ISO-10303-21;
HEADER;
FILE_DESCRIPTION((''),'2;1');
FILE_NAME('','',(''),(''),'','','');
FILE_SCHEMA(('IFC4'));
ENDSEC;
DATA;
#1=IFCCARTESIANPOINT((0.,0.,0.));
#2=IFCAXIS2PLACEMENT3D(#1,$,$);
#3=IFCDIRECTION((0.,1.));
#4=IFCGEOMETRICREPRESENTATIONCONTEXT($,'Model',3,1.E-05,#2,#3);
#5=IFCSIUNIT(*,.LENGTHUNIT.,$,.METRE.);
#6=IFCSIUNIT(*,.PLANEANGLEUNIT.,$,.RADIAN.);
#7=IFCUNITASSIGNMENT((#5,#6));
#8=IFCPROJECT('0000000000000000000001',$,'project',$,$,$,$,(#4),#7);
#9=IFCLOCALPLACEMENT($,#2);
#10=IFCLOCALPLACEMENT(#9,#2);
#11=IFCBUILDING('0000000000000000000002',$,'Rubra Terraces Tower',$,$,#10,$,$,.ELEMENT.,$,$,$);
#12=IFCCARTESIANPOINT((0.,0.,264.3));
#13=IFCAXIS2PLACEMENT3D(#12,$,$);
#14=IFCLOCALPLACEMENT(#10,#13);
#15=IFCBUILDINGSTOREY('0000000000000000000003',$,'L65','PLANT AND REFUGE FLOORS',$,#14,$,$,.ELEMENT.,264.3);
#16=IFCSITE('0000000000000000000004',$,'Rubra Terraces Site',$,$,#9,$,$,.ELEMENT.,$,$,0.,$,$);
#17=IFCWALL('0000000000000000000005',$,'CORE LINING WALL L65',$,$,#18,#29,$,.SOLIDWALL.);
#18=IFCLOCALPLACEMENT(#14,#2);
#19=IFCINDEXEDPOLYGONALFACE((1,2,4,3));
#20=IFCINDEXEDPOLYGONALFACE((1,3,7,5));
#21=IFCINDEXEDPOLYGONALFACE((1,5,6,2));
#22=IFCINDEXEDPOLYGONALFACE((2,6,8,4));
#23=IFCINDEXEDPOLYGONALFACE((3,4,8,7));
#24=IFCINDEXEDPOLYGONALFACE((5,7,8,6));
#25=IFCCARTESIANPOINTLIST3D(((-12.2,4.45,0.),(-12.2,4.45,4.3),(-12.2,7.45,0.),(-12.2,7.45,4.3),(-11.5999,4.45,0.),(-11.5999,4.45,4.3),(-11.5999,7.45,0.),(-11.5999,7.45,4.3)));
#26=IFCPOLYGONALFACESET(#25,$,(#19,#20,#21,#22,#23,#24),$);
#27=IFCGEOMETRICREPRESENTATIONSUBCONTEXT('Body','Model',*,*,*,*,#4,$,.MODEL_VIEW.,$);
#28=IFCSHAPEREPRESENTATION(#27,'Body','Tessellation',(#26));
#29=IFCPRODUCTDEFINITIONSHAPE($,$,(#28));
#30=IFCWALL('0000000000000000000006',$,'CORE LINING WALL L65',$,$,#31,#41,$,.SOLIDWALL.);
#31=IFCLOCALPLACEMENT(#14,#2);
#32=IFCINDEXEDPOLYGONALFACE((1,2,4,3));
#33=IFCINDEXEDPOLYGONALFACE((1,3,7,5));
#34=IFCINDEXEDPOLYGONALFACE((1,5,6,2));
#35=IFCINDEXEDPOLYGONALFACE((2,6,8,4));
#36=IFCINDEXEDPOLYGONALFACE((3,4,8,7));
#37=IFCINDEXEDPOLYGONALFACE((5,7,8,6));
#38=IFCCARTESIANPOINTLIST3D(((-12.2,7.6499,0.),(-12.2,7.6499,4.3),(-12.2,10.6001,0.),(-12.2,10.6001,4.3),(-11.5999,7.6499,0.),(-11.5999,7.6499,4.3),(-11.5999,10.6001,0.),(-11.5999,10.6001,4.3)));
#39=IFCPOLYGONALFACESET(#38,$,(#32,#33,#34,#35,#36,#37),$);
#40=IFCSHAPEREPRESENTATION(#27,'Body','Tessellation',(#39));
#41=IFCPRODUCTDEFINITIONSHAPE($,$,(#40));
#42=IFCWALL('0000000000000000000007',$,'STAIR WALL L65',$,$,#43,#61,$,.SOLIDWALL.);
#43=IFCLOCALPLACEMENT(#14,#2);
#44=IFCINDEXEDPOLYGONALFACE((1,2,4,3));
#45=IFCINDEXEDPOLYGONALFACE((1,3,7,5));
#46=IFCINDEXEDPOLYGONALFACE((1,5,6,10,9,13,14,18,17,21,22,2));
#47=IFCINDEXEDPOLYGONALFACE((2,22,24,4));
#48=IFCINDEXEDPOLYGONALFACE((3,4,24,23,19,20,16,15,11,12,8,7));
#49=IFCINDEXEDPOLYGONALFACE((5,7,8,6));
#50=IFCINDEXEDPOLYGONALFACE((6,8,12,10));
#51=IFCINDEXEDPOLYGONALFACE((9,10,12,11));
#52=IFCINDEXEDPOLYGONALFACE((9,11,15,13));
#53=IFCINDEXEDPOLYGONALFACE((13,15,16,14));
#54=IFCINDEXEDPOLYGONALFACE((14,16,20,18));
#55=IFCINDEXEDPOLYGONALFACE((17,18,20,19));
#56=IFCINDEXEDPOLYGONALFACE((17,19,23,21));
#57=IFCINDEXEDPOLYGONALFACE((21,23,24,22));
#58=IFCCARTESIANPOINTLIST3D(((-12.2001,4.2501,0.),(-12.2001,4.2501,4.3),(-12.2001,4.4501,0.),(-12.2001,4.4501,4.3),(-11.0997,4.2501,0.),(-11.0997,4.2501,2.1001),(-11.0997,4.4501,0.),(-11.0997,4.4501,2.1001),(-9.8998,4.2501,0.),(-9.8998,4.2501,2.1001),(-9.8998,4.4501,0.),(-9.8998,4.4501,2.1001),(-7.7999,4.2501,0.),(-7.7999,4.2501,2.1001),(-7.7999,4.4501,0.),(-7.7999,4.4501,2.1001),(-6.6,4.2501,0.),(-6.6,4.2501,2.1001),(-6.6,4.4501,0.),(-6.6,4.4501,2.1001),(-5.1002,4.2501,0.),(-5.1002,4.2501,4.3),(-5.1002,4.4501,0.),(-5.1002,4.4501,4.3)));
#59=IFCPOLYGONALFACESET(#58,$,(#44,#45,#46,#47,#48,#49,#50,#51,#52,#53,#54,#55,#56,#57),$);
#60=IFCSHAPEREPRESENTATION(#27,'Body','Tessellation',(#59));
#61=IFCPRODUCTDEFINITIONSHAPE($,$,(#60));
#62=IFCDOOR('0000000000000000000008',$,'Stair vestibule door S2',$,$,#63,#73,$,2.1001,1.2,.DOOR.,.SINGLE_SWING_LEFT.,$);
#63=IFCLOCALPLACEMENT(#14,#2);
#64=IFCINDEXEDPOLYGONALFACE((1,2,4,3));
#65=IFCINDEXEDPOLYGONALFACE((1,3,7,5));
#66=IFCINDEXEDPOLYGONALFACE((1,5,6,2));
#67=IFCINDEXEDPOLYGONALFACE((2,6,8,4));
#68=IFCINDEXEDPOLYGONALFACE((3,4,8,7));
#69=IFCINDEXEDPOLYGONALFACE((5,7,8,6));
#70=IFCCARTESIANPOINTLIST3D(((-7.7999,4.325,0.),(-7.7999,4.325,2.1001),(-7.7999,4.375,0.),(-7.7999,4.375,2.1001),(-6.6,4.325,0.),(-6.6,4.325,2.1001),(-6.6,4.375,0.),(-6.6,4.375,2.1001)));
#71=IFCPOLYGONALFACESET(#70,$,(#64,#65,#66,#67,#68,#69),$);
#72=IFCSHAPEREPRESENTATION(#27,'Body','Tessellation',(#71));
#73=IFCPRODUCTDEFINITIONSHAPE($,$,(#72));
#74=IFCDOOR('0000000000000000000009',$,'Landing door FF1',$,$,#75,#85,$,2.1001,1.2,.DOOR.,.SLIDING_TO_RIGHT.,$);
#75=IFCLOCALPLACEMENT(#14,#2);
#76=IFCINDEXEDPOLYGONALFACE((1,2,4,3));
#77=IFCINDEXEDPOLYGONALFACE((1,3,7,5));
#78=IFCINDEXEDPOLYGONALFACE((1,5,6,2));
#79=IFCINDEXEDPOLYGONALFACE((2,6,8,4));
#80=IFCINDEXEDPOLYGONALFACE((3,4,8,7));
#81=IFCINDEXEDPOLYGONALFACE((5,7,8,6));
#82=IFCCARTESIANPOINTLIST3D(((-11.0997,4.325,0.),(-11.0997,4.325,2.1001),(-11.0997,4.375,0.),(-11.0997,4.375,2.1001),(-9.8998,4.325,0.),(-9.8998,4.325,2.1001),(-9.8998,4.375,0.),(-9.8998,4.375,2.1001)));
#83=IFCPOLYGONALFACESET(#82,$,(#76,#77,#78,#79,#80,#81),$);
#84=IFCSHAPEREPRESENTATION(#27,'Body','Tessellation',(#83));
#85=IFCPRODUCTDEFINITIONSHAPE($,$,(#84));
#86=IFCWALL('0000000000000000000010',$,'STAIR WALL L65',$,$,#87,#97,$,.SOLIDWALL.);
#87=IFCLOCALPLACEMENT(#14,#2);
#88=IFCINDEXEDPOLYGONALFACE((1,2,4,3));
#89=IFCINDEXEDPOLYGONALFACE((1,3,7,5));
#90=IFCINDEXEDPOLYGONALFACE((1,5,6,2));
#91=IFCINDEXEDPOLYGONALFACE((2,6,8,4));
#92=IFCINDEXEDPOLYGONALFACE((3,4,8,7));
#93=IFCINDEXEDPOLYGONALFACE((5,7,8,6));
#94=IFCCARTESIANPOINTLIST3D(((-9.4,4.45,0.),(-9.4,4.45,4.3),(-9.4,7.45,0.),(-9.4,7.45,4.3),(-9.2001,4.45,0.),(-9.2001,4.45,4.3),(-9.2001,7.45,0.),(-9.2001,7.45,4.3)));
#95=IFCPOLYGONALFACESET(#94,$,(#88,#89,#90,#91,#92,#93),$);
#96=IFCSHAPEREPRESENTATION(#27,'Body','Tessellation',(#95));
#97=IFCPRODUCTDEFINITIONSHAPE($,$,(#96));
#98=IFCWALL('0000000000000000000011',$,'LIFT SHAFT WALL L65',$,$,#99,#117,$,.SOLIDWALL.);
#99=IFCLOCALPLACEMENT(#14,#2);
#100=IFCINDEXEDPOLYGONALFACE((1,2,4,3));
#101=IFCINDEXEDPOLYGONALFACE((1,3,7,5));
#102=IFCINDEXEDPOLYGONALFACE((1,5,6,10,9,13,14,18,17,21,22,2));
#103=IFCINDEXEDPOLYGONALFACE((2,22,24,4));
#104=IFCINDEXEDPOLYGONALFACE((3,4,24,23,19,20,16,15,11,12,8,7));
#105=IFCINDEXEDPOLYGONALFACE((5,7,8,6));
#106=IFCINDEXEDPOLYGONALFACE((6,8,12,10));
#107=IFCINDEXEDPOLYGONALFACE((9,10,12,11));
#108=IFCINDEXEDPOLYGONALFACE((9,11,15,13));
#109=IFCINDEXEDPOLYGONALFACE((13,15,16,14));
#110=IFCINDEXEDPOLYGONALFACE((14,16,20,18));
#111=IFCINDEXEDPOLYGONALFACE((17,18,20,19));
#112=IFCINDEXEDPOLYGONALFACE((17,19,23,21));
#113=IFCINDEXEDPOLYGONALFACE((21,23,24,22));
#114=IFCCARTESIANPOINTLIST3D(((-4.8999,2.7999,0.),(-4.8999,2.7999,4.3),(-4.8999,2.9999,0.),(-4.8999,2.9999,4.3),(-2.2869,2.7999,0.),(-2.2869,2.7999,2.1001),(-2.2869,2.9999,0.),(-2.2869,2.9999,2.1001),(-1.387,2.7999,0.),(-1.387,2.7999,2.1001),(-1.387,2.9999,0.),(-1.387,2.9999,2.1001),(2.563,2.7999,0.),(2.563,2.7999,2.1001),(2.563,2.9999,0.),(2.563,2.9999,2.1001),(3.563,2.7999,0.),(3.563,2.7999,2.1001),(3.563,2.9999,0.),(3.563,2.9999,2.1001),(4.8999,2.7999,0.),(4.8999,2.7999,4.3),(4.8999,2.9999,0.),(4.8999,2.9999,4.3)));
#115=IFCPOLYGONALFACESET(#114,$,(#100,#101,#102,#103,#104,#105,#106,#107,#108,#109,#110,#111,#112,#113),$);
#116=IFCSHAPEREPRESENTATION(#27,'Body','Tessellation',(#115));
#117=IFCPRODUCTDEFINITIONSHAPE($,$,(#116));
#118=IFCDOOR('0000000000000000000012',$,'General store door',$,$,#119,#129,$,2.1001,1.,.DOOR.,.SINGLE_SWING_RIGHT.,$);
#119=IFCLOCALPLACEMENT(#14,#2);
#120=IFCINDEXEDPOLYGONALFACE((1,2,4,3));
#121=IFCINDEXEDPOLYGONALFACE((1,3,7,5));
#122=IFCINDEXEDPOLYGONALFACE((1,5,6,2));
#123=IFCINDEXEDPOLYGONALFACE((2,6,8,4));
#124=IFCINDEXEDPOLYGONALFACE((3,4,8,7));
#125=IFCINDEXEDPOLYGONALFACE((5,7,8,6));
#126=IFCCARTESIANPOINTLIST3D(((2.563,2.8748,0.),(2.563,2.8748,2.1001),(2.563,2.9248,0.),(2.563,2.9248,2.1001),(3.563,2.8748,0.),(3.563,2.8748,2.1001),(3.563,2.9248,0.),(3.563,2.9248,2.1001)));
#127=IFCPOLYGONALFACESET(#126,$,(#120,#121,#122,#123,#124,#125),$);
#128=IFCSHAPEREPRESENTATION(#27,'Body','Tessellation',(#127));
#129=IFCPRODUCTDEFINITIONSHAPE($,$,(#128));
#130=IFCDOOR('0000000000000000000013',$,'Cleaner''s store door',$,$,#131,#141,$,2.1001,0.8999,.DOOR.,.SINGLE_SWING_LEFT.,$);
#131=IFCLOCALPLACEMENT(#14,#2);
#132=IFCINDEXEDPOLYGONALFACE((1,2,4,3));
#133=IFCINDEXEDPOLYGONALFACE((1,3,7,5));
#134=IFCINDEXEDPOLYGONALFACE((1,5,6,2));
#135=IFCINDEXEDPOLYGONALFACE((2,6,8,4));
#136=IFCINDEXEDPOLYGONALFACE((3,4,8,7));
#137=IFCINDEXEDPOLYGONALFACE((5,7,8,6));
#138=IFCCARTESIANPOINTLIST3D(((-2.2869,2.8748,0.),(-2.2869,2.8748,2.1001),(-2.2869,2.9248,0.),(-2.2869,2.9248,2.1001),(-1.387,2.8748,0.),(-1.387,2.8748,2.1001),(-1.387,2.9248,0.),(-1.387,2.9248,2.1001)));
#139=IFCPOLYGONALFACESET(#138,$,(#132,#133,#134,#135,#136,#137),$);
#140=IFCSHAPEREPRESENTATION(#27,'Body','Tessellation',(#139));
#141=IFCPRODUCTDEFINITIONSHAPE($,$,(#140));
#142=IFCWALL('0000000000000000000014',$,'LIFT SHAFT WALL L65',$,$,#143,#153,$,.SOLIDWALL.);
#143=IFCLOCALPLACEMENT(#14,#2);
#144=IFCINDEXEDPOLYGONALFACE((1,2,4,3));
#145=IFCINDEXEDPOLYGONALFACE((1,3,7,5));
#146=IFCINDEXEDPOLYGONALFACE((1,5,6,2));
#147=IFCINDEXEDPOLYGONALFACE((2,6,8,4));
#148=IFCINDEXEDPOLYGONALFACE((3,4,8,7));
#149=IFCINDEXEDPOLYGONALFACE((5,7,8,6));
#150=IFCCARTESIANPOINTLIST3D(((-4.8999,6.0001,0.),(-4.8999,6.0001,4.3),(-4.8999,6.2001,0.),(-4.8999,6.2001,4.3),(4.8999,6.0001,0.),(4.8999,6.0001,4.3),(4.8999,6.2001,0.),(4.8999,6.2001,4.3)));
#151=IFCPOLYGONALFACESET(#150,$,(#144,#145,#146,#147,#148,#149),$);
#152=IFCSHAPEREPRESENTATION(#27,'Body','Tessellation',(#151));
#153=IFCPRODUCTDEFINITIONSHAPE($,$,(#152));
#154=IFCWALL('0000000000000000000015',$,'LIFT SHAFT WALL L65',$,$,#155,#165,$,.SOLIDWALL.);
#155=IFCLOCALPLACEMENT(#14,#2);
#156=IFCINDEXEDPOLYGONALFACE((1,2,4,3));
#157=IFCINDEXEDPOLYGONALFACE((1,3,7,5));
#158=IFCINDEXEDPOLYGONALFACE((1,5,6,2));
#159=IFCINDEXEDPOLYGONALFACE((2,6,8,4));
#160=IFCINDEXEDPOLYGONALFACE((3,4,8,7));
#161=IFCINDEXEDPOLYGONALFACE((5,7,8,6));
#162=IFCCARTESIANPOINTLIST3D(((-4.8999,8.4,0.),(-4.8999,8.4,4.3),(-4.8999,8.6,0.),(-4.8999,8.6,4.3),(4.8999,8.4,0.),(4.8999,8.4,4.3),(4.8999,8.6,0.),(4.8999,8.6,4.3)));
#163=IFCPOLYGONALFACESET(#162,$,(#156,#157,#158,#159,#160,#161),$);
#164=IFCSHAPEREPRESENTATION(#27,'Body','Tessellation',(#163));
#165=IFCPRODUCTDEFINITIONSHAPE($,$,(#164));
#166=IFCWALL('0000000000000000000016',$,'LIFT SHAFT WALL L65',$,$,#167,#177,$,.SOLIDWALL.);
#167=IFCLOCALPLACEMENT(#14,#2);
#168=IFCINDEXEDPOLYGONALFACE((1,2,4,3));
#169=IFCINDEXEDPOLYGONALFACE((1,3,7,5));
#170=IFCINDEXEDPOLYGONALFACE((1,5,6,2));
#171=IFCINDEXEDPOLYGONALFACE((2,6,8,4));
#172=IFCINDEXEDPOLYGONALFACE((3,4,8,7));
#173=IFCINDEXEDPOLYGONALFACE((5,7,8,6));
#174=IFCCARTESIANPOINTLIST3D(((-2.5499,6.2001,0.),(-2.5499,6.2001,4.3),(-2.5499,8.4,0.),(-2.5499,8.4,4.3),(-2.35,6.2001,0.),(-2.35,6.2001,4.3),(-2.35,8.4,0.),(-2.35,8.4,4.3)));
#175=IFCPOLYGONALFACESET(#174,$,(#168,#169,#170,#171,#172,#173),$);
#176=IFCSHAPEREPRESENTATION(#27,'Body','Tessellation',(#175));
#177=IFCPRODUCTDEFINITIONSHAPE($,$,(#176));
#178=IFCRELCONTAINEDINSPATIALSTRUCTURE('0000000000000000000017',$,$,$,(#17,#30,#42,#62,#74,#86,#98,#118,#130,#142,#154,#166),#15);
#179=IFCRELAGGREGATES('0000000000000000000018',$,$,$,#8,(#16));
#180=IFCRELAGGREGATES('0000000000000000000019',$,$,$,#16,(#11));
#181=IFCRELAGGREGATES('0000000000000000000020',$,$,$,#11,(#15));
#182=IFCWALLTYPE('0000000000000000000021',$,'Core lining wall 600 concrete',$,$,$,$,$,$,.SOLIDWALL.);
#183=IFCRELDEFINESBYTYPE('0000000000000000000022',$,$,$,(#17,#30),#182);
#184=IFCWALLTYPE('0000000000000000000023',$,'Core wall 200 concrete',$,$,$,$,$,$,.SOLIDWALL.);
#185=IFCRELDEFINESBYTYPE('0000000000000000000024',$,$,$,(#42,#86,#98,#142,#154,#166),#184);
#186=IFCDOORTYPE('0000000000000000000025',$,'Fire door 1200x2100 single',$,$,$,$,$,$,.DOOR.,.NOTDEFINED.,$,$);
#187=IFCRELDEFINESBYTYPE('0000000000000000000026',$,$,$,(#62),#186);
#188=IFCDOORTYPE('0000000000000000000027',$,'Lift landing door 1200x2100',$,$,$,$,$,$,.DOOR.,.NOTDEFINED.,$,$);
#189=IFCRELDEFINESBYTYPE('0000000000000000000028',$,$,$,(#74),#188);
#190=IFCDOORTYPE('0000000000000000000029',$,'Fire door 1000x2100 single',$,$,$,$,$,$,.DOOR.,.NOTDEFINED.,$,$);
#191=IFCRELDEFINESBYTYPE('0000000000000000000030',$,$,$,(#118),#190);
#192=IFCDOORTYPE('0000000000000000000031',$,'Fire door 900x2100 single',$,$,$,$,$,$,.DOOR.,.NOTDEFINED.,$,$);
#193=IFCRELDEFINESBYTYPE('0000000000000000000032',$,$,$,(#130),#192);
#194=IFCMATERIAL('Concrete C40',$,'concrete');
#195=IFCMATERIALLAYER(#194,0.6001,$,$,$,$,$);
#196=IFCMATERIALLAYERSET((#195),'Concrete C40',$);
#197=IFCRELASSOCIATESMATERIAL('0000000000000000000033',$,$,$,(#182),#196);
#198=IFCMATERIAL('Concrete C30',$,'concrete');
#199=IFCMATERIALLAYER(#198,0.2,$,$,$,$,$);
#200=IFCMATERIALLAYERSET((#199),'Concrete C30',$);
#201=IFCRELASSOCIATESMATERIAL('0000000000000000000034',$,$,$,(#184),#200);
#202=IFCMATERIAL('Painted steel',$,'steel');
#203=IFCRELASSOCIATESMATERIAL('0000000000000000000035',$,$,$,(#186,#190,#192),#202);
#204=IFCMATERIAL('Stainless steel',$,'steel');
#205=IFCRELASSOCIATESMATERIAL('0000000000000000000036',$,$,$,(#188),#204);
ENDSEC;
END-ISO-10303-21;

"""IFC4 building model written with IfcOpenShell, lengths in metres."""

from ifc_helpers import new_model, si_unit, direction, frame, frame_2d, origin, place, context, subcontext, project, spatial, rectangle, extrude, material, layer, layer_set, type_object, element, fill, save


model = new_model("IFC4")

# Units and contexts
model_context = context("Model", 3, precision=1e-05, world=origin(), true_north=direction((0.0, 1.0)))
body_context = subcontext(model_context, "Body", "Model", "MODEL_VIEW")
ifc_project = project(units=[si_unit("LENGTHUNIT", "METRE"), si_unit("PLANEANGLEUNIT", "RADIAN")], contexts=[model_context])

# Site, building, storey
site_placement = place(None, origin())
site = spatial("IfcSite", under=ifc_project, at=site_placement, Name="Rubra Terraces Site", CompositionType="ELEMENT", RefElevation=0.0)
building_placement = place(site_placement, origin())
building = spatial("IfcBuilding", under=site, at=building_placement, Name="Rubra Terraces Tower", CompositionType="ELEMENT")
storey_placement = place(building_placement, frame((0.0, 0.0, 264.3)))
storey = spatial("IfcBuildingStorey", under=building, at=storey_placement, Name="L65", Description="PLANT AND REFUGE FLOORS", CompositionType="ELEMENT", Elevation=264.3)

# Walls
ifc_material_1 = material(Name="Concrete C40", Category="concrete")
ifc_layer_1 = layer(ifc_material_1, 0.6001)
ifc_layer_set_1 = layer_set([ifc_layer_1], Name="Concrete C40")
wall_type_1 = type_object("IfcWallType", Name="Core lining wall 600 concrete", PredefinedType="SOLIDWALL", material=ifc_layer_set_1)
wall_1_placement = place(storey_placement, frame((-11.8999, 4.45, 0.0), z_axis=(0.0, 0.0, 1.0), x_axis=(0.0, 1.0, 0.0)))
element("IfcWall", 1, at=wall_1_placement, inside=storey, type_object=wall_type_1, Name="CORE LINING WALL L65", PredefinedType="SOLIDWALL", context=body_context, shape_type="SweptSolid", body=[
    extrude(rectangle(XDim=3.0, YDim=0.6001, at=frame_2d((1.5, 0.0))), origin(), (0.0, 0.0, 1.0), 4.3),
])
wall_2_placement = place(storey_placement, frame((-11.8999, 7.6499, 0.0), z_axis=(0.0, 0.0, 1.0), x_axis=(0.0, 1.0, 0.0)))
element("IfcWall", 2, at=wall_2_placement, inside=storey, type_object=wall_type_1, Name="CORE LINING WALL L65", PredefinedType="SOLIDWALL", context=body_context, shape_type="SweptSolid", body=[
    extrude(rectangle(XDim=2.9502, YDim=0.6001, at=frame_2d((1.4751, 0.0))), origin(), (0.0, 0.0, 1.0), 4.3),
])

# Wall, openings, doors
ifc_material_2 = material(Name="Concrete C30", Category="concrete")
ifc_layer_2 = layer(ifc_material_2, 0.2)
ifc_layer_set_2 = layer_set([ifc_layer_2], Name="Concrete C30")
wall_type_2 = type_object("IfcWallType", Name="Core wall 200 concrete", PredefinedType="SOLIDWALL", material=ifc_layer_set_2)
wall_3_placement = place(storey_placement, frame((-12.2, 4.3501, 0.0), z_axis=(0.0, 0.0, 1.0), x_axis=(1.0, 0.0, 0.0)))
wall_3 = element("IfcWall", 3, at=wall_3_placement, inside=storey, type_object=wall_type_2, Name="STAIR WALL L65", PredefinedType="SOLIDWALL", context=body_context, shape_type="SweptSolid", body=[
    extrude(rectangle(XDim=7.0999, YDim=0.2, at=frame_2d((3.5498, 0.0))), origin(), (0.0, 0.0, 1.0), 4.3),
])
opening_1_placement = place(wall_3_placement, frame((4.3999, 0.0, 0.0)))
opening_1 = element("IfcOpeningElement", 4, at=opening_1_placement, cuts=wall_3, PredefinedType="OPENING", context=body_context, shape_type="SweptSolid", body=[
    extrude(rectangle(XDim=1.2, YDim=2.1001, at=frame_2d((0.6001, 1.05))), frame((0.0, 0.1099, 0.0), z_axis=(0.0, -1.0, 0.0), x_axis=(1.0, 0.0, 0.0)), (0.0, 0.0, 1.0), 0.22),
])
opening_2_placement = place(wall_3_placement, frame((1.1001, 0.0, 0.0)))
opening_2 = element("IfcOpeningElement", 5, at=opening_2_placement, cuts=wall_3, PredefinedType="OPENING", context=body_context, shape_type="SweptSolid", body=[
    extrude(rectangle(XDim=1.2, YDim=2.1001, at=frame_2d((0.6001, 1.05))), frame((0.0, 0.1099, 0.0), z_axis=(0.0, -1.0, 0.0), x_axis=(1.0, 0.0, 0.0)), (0.0, 0.0, 1.0), 0.22),
])
ifc_material_3 = material(Name="Painted steel", Category="steel")
door_type_1 = type_object("IfcDoorType", Name="Fire door 1200x2100 single", OperationType="NOTDEFINED", PredefinedType="DOOR", material=ifc_material_3)
door_1_placement = place(opening_1_placement, origin())
door_1 = element("IfcDoor", 6, at=door_1_placement, inside=storey, type_object=door_type_1, Name="Stair vestibule door S2", OperationType="SINGLE_SWING_LEFT", OverallHeight=2.1001, OverallWidth=1.2, PredefinedType="DOOR", context=body_context, shape_type="SweptSolid", body=[
    extrude(rectangle(XDim=1.2, YDim=2.1001, at=frame_2d((0.6001, 1.05))), frame((0.0, 0.0249, 0.0), z_axis=(0.0, -1.0, 0.0), x_axis=(1.0, 0.0, 0.0)), (0.0, 0.0, 1.0), 0.05),
])
fill(opening_1, door_1)
ifc_material_4 = material(Name="Stainless steel", Category="steel")
door_type_2 = type_object("IfcDoorType", Name="Lift landing door 1200x2100", OperationType="NOTDEFINED", PredefinedType="DOOR", material=ifc_material_4)
door_2_placement = place(opening_2_placement, origin())
door_2 = element("IfcDoor", 7, at=door_2_placement, inside=storey, type_object=door_type_2, Name="Landing door FF1", OperationType="SLIDING_TO_RIGHT", OverallHeight=2.1001, OverallWidth=1.2, PredefinedType="DOOR", context=body_context, shape_type="SweptSolid", body=[
    extrude(rectangle(XDim=1.2, YDim=2.1001, at=frame_2d((0.6001, 1.05))), frame((0.0, 0.0249, 0.0), z_axis=(0.0, -1.0, 0.0), x_axis=(1.0, 0.0, 0.0)), (0.0, 0.0, 1.0), 0.05),
])
fill(opening_2, door_2)

# Wall
wall_4_placement = place(storey_placement, frame((-9.3, 4.45, 0.0), z_axis=(0.0, 0.0, 1.0), x_axis=(0.0, 1.0, 0.0)))
element("IfcWall", 8, at=wall_4_placement, inside=storey, type_object=wall_type_2, Name="STAIR WALL L65", PredefinedType="SOLIDWALL", context=body_context, shape_type="SweptSolid", body=[
    extrude(rectangle(XDim=3.0, YDim=0.2, at=frame_2d((1.5, 0.0))), origin(), (0.0, 0.0, 1.0), 4.3),
])

# Wall, openings, doors
wall_5_placement = place(storey_placement, frame((-4.8999, 2.8999, 0.0), z_axis=(0.0, 0.0, 1.0), x_axis=(1.0, 0.0, 0.0)))
wall_5 = element("IfcWall", 9, at=wall_5_placement, inside=storey, type_object=wall_type_2, Name="LIFT SHAFT WALL L65", PredefinedType="SOLIDWALL", context=body_context, shape_type="SweptSolid", body=[
    extrude(rectangle(XDim=9.7998, YDim=0.2, at=frame_2d((4.8999, 0.0))), origin(), (0.0, 0.0, 1.0), 4.3),
])
opening_3_placement = place(wall_5_placement, frame((2.613, 0.0, 0.0)))
opening_3 = element("IfcOpeningElement", 10, at=opening_3_placement, cuts=wall_5, PredefinedType="OPENING", context=body_context, shape_type="SweptSolid", body=[
    extrude(rectangle(XDim=0.8999, YDim=2.1001, at=frame_2d((0.45, 1.05))), frame((0.0, 0.1099, 0.0), z_axis=(0.0, -1.0, 0.0), x_axis=(1.0, 0.0, 0.0)), (0.0, 0.0, 1.0), 0.22),
])
opening_4_placement = place(wall_5_placement, frame((7.4629, 0.0, 0.0)))
opening_4 = element("IfcOpeningElement", 11, at=opening_4_placement, cuts=wall_5, PredefinedType="OPENING", context=body_context, shape_type="SweptSolid", body=[
    extrude(rectangle(XDim=1.0, YDim=2.1001, at=frame_2d((0.5, 1.05))), frame((0.0, 0.1099, 0.0), z_axis=(0.0, -1.0, 0.0), x_axis=(1.0, 0.0, 0.0)), (0.0, 0.0, 1.0), 0.22),
])
door_type_3 = type_object("IfcDoorType", Name="Fire door 1000x2100 single", OperationType="NOTDEFINED", PredefinedType="DOOR", material=ifc_material_3)
door_3_placement = place(opening_4_placement, origin())
door_3 = element("IfcDoor", 12, at=door_3_placement, inside=storey, type_object=door_type_3, Name="General store door", OperationType="SINGLE_SWING_RIGHT", OverallHeight=2.1001, OverallWidth=1.0, PredefinedType="DOOR", context=body_context, shape_type="SweptSolid", body=[
    extrude(rectangle(XDim=1.0, YDim=2.1001, at=frame_2d((0.5, 1.05))), frame((0.0, 0.0249, 0.0), z_axis=(0.0, -1.0, 0.0), x_axis=(1.0, 0.0, 0.0)), (0.0, 0.0, 1.0), 0.05),
])
fill(opening_4, door_3)
door_type_4 = type_object("IfcDoorType", Name="Fire door 900x2100 single", OperationType="NOTDEFINED", PredefinedType="DOOR", material=ifc_material_3)
door_4_placement = place(opening_3_placement, origin())
door_4 = element("IfcDoor", 13, at=door_4_placement, inside=storey, type_object=door_type_4, Name="Cleaner's store door", OperationType="SINGLE_SWING_LEFT", OverallHeight=2.1001, OverallWidth=0.8999, PredefinedType="DOOR", context=body_context, shape_type="SweptSolid", body=[
    extrude(rectangle(XDim=0.8999, YDim=2.1001, at=frame_2d((0.45, 1.05))), frame((0.0, 0.0249, 0.0), z_axis=(0.0, -1.0, 0.0), x_axis=(1.0, 0.0, 0.0)), (0.0, 0.0, 1.0), 0.05),
])
fill(opening_3, door_4)

# Walls
for number, where, z_axis, x_axis, name in (
    (14, (-4.8999, 6.1001, 0.0), (0.0, 0.0, 1.0), (1.0, 0.0, 0.0), "LIFT SHAFT WALL L65"),
    (15, (-4.8999, 8.5, 0.0), (0.0, 0.0, 1.0), (1.0, 0.0, 0.0), "LIFT SHAFT WALL L65"),
):
    element("IfcWall", number, at=place(storey_placement, frame(where, z_axis=z_axis, x_axis=x_axis)), inside=storey, type_object=wall_type_2, Name=name, PredefinedType="SOLIDWALL", context=body_context, shape_type="SweptSolid", body=[
        extrude(rectangle(XDim=9.7998, YDim=0.2, at=frame_2d((4.8999, 0.0))), origin(), (0.0, 0.0, 1.0), 4.3),
    ])
wall_6_placement = place(storey_placement, frame((-2.45, 6.2, 0.0), z_axis=(0.0, 0.0, 1.0), x_axis=(0.0, 1.0, 0.0)))
element("IfcWall", 16, at=wall_6_placement, inside=storey, type_object=wall_type_2, Name="LIFT SHAFT WALL L65", PredefinedType="SOLIDWALL", context=body_context, shape_type="SweptSolid", body=[
    extrude(rectangle(XDim=2.2, YDim=0.2, at=frame_2d((1.1001, 0.0))), origin(), (0.0, 0.0, 1.0), 4.3),
])

save(model, "model.ifc")
